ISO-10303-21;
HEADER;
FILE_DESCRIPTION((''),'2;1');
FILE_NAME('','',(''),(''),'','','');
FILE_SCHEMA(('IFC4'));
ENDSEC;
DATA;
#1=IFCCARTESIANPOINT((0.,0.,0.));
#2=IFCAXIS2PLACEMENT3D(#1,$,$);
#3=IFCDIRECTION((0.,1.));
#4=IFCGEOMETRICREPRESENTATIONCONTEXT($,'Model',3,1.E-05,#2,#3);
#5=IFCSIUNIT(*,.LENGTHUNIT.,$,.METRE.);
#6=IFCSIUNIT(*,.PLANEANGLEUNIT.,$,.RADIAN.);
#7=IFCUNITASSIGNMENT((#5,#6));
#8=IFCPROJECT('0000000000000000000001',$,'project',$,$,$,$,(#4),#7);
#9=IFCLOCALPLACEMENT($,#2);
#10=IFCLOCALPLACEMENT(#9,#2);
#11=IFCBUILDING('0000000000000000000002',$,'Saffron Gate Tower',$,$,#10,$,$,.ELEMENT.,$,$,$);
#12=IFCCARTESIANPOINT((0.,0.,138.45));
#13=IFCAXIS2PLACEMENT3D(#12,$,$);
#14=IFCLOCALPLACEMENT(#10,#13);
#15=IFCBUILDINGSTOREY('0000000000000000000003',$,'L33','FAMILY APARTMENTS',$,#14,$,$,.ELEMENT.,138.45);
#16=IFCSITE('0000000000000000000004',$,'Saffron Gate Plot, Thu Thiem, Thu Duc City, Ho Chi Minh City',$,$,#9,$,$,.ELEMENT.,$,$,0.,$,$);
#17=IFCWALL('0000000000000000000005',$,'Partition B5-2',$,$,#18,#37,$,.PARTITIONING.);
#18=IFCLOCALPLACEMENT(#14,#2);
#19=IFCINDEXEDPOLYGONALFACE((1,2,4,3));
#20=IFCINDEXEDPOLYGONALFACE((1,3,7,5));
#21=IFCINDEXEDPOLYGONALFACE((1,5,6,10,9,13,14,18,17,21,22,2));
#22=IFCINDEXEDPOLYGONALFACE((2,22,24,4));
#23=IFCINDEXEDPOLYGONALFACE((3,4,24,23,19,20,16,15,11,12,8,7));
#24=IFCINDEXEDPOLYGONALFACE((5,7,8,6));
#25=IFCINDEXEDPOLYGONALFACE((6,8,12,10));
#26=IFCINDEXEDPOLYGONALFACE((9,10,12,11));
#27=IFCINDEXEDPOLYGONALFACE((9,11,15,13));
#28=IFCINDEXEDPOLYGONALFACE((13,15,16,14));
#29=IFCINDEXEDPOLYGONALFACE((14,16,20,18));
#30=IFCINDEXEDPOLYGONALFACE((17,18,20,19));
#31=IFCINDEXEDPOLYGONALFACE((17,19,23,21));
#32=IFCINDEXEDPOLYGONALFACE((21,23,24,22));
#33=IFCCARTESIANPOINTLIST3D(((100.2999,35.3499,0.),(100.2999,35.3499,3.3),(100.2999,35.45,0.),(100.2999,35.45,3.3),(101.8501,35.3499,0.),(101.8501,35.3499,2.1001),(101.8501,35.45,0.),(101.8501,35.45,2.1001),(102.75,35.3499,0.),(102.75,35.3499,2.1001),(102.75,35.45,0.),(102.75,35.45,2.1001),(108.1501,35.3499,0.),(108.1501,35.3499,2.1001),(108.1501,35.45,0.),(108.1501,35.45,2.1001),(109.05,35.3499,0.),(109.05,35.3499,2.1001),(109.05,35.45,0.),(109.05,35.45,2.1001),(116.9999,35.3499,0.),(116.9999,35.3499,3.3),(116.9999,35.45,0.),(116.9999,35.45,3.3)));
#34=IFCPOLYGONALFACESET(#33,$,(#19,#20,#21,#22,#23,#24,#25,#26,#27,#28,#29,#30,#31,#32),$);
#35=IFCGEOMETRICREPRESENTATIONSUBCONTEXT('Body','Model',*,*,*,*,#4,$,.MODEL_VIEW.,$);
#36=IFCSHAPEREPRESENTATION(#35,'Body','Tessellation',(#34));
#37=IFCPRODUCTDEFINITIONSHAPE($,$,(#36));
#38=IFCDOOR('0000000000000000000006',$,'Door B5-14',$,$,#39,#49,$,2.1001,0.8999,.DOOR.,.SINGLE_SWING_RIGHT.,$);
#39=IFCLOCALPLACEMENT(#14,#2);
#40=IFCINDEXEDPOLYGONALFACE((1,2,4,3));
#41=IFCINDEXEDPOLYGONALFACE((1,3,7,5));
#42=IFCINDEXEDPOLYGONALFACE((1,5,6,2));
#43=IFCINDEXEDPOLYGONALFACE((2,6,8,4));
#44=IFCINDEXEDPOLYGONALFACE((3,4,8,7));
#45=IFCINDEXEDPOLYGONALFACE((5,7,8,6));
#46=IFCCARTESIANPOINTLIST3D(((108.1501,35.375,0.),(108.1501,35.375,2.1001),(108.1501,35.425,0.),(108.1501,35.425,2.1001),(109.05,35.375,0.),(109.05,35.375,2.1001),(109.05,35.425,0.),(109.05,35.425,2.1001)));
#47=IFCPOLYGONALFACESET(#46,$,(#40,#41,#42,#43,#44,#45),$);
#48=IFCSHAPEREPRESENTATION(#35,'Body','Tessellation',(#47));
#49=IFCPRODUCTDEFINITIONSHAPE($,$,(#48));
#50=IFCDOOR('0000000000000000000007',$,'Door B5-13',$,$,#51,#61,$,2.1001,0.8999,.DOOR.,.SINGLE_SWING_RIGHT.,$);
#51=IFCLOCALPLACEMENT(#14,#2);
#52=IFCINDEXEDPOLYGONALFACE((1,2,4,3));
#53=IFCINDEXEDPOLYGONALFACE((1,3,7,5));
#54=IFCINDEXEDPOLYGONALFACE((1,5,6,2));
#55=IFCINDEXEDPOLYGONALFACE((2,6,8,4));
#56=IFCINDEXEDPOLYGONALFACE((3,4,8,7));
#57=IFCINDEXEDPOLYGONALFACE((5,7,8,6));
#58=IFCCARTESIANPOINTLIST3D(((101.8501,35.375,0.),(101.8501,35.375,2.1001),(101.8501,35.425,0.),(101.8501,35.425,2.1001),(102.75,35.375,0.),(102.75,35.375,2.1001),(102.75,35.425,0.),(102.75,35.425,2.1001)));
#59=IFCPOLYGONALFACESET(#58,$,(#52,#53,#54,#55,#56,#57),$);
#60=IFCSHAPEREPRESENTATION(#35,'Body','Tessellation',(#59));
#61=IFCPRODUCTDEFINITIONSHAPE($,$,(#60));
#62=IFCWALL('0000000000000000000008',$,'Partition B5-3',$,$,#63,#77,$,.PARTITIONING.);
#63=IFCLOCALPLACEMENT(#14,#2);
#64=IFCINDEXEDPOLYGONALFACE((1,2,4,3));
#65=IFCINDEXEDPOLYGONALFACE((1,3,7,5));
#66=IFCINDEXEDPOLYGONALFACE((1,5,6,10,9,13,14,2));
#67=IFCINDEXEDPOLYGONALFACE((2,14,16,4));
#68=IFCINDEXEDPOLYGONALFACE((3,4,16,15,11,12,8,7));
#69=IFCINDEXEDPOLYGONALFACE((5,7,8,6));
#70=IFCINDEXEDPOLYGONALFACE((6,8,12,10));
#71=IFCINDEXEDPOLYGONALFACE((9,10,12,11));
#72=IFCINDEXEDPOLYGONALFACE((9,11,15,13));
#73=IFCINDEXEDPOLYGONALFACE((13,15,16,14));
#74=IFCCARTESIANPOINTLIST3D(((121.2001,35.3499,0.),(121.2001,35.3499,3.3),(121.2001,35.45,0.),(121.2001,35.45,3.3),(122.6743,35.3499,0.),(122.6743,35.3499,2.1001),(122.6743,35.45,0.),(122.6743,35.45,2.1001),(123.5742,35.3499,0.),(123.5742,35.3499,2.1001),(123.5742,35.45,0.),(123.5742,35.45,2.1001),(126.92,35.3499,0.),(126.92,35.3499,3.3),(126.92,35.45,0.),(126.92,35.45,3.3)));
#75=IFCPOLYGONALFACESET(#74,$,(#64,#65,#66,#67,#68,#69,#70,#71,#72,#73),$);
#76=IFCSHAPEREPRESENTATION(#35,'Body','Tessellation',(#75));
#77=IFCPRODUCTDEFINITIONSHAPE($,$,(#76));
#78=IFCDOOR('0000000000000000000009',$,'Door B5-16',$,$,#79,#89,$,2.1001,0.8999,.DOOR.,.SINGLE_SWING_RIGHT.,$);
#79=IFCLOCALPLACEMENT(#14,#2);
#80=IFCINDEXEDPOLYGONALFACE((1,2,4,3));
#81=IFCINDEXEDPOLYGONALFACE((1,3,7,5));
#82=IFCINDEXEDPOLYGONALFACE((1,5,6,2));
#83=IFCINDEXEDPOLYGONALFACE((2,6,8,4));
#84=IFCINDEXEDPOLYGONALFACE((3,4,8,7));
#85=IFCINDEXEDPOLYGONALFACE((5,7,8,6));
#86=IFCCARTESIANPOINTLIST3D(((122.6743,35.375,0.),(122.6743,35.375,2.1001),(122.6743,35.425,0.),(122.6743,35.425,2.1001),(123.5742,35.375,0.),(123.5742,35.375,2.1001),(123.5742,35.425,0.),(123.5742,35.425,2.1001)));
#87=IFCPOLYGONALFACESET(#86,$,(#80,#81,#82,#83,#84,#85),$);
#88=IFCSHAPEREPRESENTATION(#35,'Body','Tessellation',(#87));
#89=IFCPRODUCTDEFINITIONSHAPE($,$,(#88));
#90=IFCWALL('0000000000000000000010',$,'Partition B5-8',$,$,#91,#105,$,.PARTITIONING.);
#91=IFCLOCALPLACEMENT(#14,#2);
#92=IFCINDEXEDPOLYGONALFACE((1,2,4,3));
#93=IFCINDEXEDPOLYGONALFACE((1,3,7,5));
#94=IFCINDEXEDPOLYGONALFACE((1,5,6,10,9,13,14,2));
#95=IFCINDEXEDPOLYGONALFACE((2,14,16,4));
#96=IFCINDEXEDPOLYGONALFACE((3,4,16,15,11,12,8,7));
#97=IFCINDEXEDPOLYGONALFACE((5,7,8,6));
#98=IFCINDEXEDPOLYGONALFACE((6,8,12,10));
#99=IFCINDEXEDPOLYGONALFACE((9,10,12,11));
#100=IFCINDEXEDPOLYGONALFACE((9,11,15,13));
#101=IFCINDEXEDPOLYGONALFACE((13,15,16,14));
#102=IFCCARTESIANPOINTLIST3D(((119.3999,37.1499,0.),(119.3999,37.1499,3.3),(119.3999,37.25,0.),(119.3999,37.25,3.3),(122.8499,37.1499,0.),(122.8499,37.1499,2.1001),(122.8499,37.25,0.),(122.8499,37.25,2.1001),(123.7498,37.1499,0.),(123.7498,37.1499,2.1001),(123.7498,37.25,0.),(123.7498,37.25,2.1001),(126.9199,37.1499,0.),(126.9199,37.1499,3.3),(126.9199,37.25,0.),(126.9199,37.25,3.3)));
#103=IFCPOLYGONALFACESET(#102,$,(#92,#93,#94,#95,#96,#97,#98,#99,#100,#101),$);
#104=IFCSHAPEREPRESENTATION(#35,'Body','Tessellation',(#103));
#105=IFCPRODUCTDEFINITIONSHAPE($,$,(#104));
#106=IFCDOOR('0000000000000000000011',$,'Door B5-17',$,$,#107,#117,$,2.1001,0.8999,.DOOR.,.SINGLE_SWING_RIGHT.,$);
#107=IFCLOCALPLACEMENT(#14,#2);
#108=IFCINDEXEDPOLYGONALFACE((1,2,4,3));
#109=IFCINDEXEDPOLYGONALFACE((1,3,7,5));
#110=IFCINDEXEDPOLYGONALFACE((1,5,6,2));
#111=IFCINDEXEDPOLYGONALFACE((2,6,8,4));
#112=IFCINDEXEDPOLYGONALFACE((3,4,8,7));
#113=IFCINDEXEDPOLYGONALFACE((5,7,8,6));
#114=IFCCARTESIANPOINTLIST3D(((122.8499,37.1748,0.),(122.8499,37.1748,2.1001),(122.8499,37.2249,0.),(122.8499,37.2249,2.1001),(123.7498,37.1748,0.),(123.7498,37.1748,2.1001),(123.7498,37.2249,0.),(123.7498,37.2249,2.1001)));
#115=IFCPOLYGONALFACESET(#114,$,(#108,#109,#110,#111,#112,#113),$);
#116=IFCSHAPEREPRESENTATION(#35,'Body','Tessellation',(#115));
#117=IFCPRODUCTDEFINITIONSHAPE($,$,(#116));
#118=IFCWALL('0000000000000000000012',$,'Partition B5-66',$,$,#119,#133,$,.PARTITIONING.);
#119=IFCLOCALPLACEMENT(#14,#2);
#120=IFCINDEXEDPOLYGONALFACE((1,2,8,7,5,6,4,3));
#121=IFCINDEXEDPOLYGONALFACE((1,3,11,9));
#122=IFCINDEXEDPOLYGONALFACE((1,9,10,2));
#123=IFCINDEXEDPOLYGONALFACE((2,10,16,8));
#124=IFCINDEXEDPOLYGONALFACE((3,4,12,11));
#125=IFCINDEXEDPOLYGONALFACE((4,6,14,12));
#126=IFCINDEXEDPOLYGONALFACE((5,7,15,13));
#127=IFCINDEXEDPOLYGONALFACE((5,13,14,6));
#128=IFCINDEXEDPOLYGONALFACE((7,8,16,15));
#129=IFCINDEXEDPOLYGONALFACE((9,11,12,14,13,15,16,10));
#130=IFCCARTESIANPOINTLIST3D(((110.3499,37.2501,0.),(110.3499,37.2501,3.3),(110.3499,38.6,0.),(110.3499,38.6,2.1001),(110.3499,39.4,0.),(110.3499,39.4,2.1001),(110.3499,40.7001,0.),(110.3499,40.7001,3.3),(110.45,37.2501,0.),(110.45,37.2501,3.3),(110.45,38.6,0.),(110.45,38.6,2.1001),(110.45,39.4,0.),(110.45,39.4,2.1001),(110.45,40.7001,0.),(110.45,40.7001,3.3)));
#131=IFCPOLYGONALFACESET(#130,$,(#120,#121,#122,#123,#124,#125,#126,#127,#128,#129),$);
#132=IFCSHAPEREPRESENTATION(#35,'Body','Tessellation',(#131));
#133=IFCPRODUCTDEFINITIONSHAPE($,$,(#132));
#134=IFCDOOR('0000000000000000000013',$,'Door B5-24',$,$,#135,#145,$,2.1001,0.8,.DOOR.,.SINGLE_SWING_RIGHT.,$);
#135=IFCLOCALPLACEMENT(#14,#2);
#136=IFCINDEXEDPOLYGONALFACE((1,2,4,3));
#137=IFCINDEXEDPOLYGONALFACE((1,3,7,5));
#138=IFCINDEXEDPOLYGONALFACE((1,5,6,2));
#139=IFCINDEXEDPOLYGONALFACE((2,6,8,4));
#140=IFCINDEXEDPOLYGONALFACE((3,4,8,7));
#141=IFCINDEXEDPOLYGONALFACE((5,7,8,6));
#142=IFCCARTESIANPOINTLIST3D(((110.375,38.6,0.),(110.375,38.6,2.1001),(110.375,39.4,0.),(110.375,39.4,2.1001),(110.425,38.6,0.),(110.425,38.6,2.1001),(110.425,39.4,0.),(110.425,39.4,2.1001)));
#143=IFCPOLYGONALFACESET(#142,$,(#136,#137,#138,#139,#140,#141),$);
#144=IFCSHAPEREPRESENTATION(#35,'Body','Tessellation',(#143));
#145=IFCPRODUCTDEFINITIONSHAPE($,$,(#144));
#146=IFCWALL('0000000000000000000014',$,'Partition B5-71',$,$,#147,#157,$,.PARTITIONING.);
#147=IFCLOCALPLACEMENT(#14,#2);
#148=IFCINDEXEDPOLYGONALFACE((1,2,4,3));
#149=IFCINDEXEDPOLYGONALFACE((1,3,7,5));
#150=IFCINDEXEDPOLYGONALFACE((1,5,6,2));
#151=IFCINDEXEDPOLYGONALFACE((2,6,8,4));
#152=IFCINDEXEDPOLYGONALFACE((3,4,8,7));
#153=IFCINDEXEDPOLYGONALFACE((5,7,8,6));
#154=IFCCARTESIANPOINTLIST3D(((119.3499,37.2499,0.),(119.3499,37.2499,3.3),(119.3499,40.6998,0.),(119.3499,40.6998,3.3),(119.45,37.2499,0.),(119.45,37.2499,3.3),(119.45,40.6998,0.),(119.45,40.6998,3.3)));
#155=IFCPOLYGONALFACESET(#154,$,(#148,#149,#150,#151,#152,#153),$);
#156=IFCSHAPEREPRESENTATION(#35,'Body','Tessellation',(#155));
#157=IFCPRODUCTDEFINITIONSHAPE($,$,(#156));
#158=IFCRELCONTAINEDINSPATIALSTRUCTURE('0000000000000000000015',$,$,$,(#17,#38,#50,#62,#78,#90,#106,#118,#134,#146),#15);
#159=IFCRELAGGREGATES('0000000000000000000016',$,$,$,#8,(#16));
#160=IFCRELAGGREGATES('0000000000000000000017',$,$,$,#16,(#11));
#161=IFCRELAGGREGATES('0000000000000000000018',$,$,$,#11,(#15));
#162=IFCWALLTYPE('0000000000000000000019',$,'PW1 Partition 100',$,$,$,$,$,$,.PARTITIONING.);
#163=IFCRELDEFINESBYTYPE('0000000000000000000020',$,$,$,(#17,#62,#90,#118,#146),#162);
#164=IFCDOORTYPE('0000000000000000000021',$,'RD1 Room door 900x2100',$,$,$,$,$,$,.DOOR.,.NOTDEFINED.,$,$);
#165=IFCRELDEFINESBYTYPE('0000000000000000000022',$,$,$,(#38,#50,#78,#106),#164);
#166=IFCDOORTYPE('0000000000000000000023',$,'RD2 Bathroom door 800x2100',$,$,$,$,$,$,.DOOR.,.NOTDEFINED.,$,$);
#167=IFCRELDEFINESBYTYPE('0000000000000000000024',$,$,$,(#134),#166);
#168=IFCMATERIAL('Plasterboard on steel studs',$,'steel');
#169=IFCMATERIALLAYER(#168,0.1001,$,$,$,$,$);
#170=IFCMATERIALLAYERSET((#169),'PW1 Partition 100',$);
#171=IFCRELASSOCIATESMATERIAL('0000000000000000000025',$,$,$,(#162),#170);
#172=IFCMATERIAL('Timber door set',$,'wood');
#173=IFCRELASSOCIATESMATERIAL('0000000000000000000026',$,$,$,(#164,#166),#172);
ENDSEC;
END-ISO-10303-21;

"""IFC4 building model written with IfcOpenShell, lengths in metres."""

from ifc_helpers import new_model, si_unit, direction, frame, frame_2d, origin, place, context, subcontext, project, spatial, rectangle, extrude, material, layer, layer_set, type_object, element, fill, save


model = new_model("IFC4")

# Units and contexts
model_context = context("Model", 3, precision=1e-05, world=origin(), true_north=direction((0.0, 1.0)))
body_context = subcontext(model_context, "Body", "Model", "MODEL_VIEW")
ifc_project = project(units=[si_unit("LENGTHUNIT", "METRE"), si_unit("PLANEANGLEUNIT", "RADIAN")], contexts=[model_context])

# Site, building, storey
site_placement = place(None, origin())
site = spatial("IfcSite", under=ifc_project, at=site_placement, Name="Saffron Gate Plot, Thu Thiem, Thu Duc City, Ho Chi Minh City", CompositionType="ELEMENT", RefElevation=0.0)
building_placement = place(site_placement, origin())
building = spatial("IfcBuilding", under=site, at=building_placement, Name="Saffron Gate Tower", CompositionType="ELEMENT")
storey_placement = place(building_placement, frame((0.0, 0.0, 138.45)))
storey = spatial("IfcBuildingStorey", under=building, at=storey_placement, Name="L33", Description="FAMILY APARTMENTS", CompositionType="ELEMENT", Elevation=138.45)

# Wall, openings, doors
ifc_material_1 = material(Name="Plasterboard on steel studs", Category="steel")
ifc_layer_1 = layer(ifc_material_1, 0.1001)
ifc_layer_set_1 = layer_set([ifc_layer_1], Name="PW1 Partition 100")
wall_type_1 = type_object("IfcWallType", Name="PW1 Partition 100", PredefinedType="PARTITIONING", material=ifc_layer_set_1)
wall_1_placement = place(storey_placement, frame((117.0, 35.3999, 0.0), z_axis=(0.0, 0.0, 1.0), x_axis=(-1.0, 0.0, 0.0)))
wall_1 = element("IfcWall", 1, at=wall_1_placement, inside=storey, type_object=wall_type_1, Name="Partition B5-2", PredefinedType="PARTITIONING", context=body_context, shape_type="SweptSolid", body=[
    extrude(rectangle(XDim=16.7, YDim=0.1001, at=frame_2d((8.3501, 0.0))), origin(), (0.0, 0.0, 1.0), 3.3),
])
opening_1_placement = place(wall_1_placement, frame((7.95, 0.0, 0.0)))
opening_1 = element("IfcOpeningElement", 2, at=opening_1_placement, cuts=wall_1, PredefinedType="OPENING", context=body_context, shape_type="SweptSolid", body=[
    extrude(rectangle(XDim=0.8999, YDim=2.1001, at=frame_2d((0.45, 1.05))), frame((0.0, 0.0601, 0.0), z_axis=(0.0, -1.0, 0.0), x_axis=(1.0, 0.0, 0.0)), (0.0, 0.0, 1.0), 0.1201),
])
opening_2_placement = place(wall_1_placement, frame((14.25, 0.0, 0.0)))
opening_2 = element("IfcOpeningElement", 3, at=opening_2_placement, cuts=wall_1, PredefinedType="OPENING", context=body_context, shape_type="SweptSolid", body=[
    extrude(rectangle(XDim=0.8999, YDim=2.1001, at=frame_2d((0.45, 1.05))), frame((0.0, 0.0601, 0.0), z_axis=(0.0, -1.0, 0.0), x_axis=(1.0, 0.0, 0.0)), (0.0, 0.0, 1.0), 0.1201),
])
ifc_material_2 = material(Name="Timber door set", Category="wood")
door_type_1 = type_object("IfcDoorType", Name="RD1 Room door 900x2100", OperationType="NOTDEFINED", PredefinedType="DOOR", material=ifc_material_2)
door_1_placement = place(opening_1_placement, origin())
door_1 = element("IfcDoor", 4, at=door_1_placement, inside=storey, type_object=door_type_1, Name="Door B5-14", OperationType="SINGLE_SWING_RIGHT", OverallHeight=2.1001, OverallWidth=0.8999, PredefinedType="DOOR", context=body_context, shape_type="SweptSolid", body=[
    extrude(rectangle(XDim=0.8999, YDim=2.1001, at=frame_2d((0.45, 1.05))), frame((0.0, 0.0249, 0.0), z_axis=(0.0, -1.0, 0.0), x_axis=(1.0, 0.0, 0.0)), (0.0, 0.0, 1.0), 0.05),
])
fill(opening_1, door_1)
door_2_placement = place(opening_2_placement, origin())
door_2 = element("IfcDoor", 5, at=door_2_placement, inside=storey, type_object=door_type_1, Name="Door B5-13", OperationType="SINGLE_SWING_RIGHT", OverallHeight=2.1001, OverallWidth=0.8999, PredefinedType="DOOR", context=body_context, shape_type="SweptSolid", body=[
    extrude(rectangle(XDim=0.8999, YDim=2.1001, at=frame_2d((0.45, 1.05))), frame((0.0, 0.0249, 0.0), z_axis=(0.0, -1.0, 0.0), x_axis=(1.0, 0.0, 0.0)), (0.0, 0.0, 1.0), 0.05),
])
fill(opening_2, door_2)

# Walls, openings, doors
wall_2_placement = place(storey_placement, frame((126.9199, 35.3999, 0.0), z_axis=(0.0, 0.0, 1.0), x_axis=(-1.0, 0.0, 0.0)))
wall_2 = element("IfcWall", 6, at=wall_2_placement, inside=storey, type_object=wall_type_1, Name="Partition B5-3", PredefinedType="PARTITIONING", context=body_context, shape_type="SweptSolid", body=[
    extrude(rectangle(XDim=5.72, YDim=0.1001, at=frame_2d((2.8599, 0.0))), origin(), (0.0, 0.0, 1.0), 3.3),
])
opening_3_placement = place(wall_2_placement, frame((3.3457, 0.0, 0.0)))
opening_3 = element("IfcOpeningElement", 7, at=opening_3_placement, cuts=wall_2, PredefinedType="OPENING", context=body_context, shape_type="SweptSolid", body=[
    extrude(rectangle(XDim=0.8999, YDim=2.1001, at=frame_2d((0.45, 1.05))), frame((0.0, 0.0601, 0.0), z_axis=(0.0, -1.0, 0.0), x_axis=(1.0, 0.0, 0.0)), (0.0, 0.0, 1.0), 0.1201),
])
door_3_placement = place(opening_3_placement, origin())
door_3 = element("IfcDoor", 8, at=door_3_placement, inside=storey, type_object=door_type_1, Name="Door B5-16", OperationType="SINGLE_SWING_RIGHT", OverallHeight=2.1001, OverallWidth=0.8999, PredefinedType="DOOR", context=body_context, shape_type="SweptSolid", body=[
    extrude(rectangle(XDim=0.8999, YDim=2.1001, at=frame_2d((0.45, 1.05))), frame((0.0, 0.0249, 0.0), z_axis=(0.0, -1.0, 0.0), x_axis=(1.0, 0.0, 0.0)), (0.0, 0.0, 1.0), 0.05),
])
fill(opening_3, door_3)
wall_3_placement = place(storey_placement, frame((119.3999, 37.2, 0.0), z_axis=(0.0, 0.0, 1.0), x_axis=(1.0, 0.0, 0.0)))
wall_3 = element("IfcWall", 9, at=wall_3_placement, inside=storey, type_object=wall_type_1, Name="Partition B5-8", PredefinedType="PARTITIONING", context=body_context, shape_type="SweptSolid", body=[
    extrude(rectangle(XDim=7.52, YDim=0.1001, at=frame_2d((3.76, 0.0))), origin(), (0.0, 0.0, 1.0), 3.3),
])
opening_4_placement = place(wall_3_placement, frame((3.45, 0.0, 0.0)))
opening_4 = element("IfcOpeningElement", 10, at=opening_4_placement, cuts=wall_3, PredefinedType="OPENING", context=body_context, shape_type="SweptSolid", body=[
    extrude(rectangle(XDim=0.8999, YDim=2.1001, at=frame_2d((0.45, 1.05))), frame((0.0, 0.0601, 0.0), z_axis=(0.0, -1.0, 0.0), x_axis=(1.0, 0.0, 0.0)), (0.0, 0.0, 1.0), 0.1201),
])
door_4_placement = place(opening_4_placement, origin())
door_4 = element("IfcDoor", 11, at=door_4_placement, inside=storey, type_object=door_type_1, Name="Door B5-17", OperationType="SINGLE_SWING_RIGHT", OverallHeight=2.1001, OverallWidth=0.8999, PredefinedType="DOOR", context=body_context, shape_type="SweptSolid", body=[
    extrude(rectangle(XDim=0.8999, YDim=2.1001, at=frame_2d((0.45, 1.05))), frame((0.0, 0.0249, 0.0), z_axis=(0.0, -1.0, 0.0), x_axis=(1.0, 0.0, 0.0)), (0.0, 0.0, 1.0), 0.05),
])
fill(opening_4, door_4)
wall_4_placement = place(storey_placement, frame((110.3999, 37.25, 0.0), z_axis=(0.0, 0.0, 1.0), x_axis=(0.0, 1.0, 0.0)))
wall_4 = element("IfcWall", 12, at=wall_4_placement, inside=storey, type_object=wall_type_1, Name="Partition B5-66", PredefinedType="PARTITIONING", context=body_context, shape_type="SweptSolid", body=[
    extrude(rectangle(XDim=3.45, YDim=0.1001, at=frame_2d((1.7251, 0.0))), origin(), (0.0, 0.0, 1.0), 3.3),
])
opening_5_placement = place(wall_4_placement, frame((1.3501, 0.0, 0.0)))
opening_5 = element("IfcOpeningElement", 13, at=opening_5_placement, cuts=wall_4, PredefinedType="OPENING", context=body_context, shape_type="SweptSolid", body=[
    extrude(rectangle(XDim=0.8, YDim=2.1001, at=frame_2d((0.3999, 1.05))), frame((0.0, 0.0601, 0.0), z_axis=(0.0, -1.0, 0.0), x_axis=(1.0, 0.0, 0.0)), (0.0, 0.0, 1.0), 0.1201),
])
door_type_2 = type_object("IfcDoorType", Name="RD2 Bathroom door 800x2100", OperationType="NOTDEFINED", PredefinedType="DOOR", material=ifc_material_2)
door_5_placement = place(opening_5_placement, origin())
door_5 = element("IfcDoor", 14, at=door_5_placement, inside=storey, type_object=door_type_2, Name="Door B5-24", OperationType="SINGLE_SWING_RIGHT", OverallHeight=2.1001, OverallWidth=0.8, PredefinedType="DOOR", context=body_context, shape_type="SweptSolid", body=[
    extrude(rectangle(XDim=0.8, YDim=2.1001, at=frame_2d((0.3999, 1.05))), frame((0.0, 0.0249, 0.0), z_axis=(0.0, -1.0, 0.0), x_axis=(1.0, 0.0, 0.0)), (0.0, 0.0, 1.0), 0.05),
])
fill(opening_5, door_5)

# Wall
wall_5_placement = place(storey_placement, frame((119.3999, 40.7, 0.0), z_axis=(0.0, 0.0, 1.0), x_axis=(0.0, -1.0, 0.0)))
element("IfcWall", 15, at=wall_5_placement, inside=storey, type_object=wall_type_1, Name="Partition B5-71", PredefinedType="PARTITIONING", context=body_context, shape_type="SweptSolid", body=[
    extrude(rectangle(XDim=3.45, YDim=0.1001, at=frame_2d((1.7251, 0.0))), origin(), (0.0, 0.0, 1.0), 3.3),
])

save(model, "model.ifc")
